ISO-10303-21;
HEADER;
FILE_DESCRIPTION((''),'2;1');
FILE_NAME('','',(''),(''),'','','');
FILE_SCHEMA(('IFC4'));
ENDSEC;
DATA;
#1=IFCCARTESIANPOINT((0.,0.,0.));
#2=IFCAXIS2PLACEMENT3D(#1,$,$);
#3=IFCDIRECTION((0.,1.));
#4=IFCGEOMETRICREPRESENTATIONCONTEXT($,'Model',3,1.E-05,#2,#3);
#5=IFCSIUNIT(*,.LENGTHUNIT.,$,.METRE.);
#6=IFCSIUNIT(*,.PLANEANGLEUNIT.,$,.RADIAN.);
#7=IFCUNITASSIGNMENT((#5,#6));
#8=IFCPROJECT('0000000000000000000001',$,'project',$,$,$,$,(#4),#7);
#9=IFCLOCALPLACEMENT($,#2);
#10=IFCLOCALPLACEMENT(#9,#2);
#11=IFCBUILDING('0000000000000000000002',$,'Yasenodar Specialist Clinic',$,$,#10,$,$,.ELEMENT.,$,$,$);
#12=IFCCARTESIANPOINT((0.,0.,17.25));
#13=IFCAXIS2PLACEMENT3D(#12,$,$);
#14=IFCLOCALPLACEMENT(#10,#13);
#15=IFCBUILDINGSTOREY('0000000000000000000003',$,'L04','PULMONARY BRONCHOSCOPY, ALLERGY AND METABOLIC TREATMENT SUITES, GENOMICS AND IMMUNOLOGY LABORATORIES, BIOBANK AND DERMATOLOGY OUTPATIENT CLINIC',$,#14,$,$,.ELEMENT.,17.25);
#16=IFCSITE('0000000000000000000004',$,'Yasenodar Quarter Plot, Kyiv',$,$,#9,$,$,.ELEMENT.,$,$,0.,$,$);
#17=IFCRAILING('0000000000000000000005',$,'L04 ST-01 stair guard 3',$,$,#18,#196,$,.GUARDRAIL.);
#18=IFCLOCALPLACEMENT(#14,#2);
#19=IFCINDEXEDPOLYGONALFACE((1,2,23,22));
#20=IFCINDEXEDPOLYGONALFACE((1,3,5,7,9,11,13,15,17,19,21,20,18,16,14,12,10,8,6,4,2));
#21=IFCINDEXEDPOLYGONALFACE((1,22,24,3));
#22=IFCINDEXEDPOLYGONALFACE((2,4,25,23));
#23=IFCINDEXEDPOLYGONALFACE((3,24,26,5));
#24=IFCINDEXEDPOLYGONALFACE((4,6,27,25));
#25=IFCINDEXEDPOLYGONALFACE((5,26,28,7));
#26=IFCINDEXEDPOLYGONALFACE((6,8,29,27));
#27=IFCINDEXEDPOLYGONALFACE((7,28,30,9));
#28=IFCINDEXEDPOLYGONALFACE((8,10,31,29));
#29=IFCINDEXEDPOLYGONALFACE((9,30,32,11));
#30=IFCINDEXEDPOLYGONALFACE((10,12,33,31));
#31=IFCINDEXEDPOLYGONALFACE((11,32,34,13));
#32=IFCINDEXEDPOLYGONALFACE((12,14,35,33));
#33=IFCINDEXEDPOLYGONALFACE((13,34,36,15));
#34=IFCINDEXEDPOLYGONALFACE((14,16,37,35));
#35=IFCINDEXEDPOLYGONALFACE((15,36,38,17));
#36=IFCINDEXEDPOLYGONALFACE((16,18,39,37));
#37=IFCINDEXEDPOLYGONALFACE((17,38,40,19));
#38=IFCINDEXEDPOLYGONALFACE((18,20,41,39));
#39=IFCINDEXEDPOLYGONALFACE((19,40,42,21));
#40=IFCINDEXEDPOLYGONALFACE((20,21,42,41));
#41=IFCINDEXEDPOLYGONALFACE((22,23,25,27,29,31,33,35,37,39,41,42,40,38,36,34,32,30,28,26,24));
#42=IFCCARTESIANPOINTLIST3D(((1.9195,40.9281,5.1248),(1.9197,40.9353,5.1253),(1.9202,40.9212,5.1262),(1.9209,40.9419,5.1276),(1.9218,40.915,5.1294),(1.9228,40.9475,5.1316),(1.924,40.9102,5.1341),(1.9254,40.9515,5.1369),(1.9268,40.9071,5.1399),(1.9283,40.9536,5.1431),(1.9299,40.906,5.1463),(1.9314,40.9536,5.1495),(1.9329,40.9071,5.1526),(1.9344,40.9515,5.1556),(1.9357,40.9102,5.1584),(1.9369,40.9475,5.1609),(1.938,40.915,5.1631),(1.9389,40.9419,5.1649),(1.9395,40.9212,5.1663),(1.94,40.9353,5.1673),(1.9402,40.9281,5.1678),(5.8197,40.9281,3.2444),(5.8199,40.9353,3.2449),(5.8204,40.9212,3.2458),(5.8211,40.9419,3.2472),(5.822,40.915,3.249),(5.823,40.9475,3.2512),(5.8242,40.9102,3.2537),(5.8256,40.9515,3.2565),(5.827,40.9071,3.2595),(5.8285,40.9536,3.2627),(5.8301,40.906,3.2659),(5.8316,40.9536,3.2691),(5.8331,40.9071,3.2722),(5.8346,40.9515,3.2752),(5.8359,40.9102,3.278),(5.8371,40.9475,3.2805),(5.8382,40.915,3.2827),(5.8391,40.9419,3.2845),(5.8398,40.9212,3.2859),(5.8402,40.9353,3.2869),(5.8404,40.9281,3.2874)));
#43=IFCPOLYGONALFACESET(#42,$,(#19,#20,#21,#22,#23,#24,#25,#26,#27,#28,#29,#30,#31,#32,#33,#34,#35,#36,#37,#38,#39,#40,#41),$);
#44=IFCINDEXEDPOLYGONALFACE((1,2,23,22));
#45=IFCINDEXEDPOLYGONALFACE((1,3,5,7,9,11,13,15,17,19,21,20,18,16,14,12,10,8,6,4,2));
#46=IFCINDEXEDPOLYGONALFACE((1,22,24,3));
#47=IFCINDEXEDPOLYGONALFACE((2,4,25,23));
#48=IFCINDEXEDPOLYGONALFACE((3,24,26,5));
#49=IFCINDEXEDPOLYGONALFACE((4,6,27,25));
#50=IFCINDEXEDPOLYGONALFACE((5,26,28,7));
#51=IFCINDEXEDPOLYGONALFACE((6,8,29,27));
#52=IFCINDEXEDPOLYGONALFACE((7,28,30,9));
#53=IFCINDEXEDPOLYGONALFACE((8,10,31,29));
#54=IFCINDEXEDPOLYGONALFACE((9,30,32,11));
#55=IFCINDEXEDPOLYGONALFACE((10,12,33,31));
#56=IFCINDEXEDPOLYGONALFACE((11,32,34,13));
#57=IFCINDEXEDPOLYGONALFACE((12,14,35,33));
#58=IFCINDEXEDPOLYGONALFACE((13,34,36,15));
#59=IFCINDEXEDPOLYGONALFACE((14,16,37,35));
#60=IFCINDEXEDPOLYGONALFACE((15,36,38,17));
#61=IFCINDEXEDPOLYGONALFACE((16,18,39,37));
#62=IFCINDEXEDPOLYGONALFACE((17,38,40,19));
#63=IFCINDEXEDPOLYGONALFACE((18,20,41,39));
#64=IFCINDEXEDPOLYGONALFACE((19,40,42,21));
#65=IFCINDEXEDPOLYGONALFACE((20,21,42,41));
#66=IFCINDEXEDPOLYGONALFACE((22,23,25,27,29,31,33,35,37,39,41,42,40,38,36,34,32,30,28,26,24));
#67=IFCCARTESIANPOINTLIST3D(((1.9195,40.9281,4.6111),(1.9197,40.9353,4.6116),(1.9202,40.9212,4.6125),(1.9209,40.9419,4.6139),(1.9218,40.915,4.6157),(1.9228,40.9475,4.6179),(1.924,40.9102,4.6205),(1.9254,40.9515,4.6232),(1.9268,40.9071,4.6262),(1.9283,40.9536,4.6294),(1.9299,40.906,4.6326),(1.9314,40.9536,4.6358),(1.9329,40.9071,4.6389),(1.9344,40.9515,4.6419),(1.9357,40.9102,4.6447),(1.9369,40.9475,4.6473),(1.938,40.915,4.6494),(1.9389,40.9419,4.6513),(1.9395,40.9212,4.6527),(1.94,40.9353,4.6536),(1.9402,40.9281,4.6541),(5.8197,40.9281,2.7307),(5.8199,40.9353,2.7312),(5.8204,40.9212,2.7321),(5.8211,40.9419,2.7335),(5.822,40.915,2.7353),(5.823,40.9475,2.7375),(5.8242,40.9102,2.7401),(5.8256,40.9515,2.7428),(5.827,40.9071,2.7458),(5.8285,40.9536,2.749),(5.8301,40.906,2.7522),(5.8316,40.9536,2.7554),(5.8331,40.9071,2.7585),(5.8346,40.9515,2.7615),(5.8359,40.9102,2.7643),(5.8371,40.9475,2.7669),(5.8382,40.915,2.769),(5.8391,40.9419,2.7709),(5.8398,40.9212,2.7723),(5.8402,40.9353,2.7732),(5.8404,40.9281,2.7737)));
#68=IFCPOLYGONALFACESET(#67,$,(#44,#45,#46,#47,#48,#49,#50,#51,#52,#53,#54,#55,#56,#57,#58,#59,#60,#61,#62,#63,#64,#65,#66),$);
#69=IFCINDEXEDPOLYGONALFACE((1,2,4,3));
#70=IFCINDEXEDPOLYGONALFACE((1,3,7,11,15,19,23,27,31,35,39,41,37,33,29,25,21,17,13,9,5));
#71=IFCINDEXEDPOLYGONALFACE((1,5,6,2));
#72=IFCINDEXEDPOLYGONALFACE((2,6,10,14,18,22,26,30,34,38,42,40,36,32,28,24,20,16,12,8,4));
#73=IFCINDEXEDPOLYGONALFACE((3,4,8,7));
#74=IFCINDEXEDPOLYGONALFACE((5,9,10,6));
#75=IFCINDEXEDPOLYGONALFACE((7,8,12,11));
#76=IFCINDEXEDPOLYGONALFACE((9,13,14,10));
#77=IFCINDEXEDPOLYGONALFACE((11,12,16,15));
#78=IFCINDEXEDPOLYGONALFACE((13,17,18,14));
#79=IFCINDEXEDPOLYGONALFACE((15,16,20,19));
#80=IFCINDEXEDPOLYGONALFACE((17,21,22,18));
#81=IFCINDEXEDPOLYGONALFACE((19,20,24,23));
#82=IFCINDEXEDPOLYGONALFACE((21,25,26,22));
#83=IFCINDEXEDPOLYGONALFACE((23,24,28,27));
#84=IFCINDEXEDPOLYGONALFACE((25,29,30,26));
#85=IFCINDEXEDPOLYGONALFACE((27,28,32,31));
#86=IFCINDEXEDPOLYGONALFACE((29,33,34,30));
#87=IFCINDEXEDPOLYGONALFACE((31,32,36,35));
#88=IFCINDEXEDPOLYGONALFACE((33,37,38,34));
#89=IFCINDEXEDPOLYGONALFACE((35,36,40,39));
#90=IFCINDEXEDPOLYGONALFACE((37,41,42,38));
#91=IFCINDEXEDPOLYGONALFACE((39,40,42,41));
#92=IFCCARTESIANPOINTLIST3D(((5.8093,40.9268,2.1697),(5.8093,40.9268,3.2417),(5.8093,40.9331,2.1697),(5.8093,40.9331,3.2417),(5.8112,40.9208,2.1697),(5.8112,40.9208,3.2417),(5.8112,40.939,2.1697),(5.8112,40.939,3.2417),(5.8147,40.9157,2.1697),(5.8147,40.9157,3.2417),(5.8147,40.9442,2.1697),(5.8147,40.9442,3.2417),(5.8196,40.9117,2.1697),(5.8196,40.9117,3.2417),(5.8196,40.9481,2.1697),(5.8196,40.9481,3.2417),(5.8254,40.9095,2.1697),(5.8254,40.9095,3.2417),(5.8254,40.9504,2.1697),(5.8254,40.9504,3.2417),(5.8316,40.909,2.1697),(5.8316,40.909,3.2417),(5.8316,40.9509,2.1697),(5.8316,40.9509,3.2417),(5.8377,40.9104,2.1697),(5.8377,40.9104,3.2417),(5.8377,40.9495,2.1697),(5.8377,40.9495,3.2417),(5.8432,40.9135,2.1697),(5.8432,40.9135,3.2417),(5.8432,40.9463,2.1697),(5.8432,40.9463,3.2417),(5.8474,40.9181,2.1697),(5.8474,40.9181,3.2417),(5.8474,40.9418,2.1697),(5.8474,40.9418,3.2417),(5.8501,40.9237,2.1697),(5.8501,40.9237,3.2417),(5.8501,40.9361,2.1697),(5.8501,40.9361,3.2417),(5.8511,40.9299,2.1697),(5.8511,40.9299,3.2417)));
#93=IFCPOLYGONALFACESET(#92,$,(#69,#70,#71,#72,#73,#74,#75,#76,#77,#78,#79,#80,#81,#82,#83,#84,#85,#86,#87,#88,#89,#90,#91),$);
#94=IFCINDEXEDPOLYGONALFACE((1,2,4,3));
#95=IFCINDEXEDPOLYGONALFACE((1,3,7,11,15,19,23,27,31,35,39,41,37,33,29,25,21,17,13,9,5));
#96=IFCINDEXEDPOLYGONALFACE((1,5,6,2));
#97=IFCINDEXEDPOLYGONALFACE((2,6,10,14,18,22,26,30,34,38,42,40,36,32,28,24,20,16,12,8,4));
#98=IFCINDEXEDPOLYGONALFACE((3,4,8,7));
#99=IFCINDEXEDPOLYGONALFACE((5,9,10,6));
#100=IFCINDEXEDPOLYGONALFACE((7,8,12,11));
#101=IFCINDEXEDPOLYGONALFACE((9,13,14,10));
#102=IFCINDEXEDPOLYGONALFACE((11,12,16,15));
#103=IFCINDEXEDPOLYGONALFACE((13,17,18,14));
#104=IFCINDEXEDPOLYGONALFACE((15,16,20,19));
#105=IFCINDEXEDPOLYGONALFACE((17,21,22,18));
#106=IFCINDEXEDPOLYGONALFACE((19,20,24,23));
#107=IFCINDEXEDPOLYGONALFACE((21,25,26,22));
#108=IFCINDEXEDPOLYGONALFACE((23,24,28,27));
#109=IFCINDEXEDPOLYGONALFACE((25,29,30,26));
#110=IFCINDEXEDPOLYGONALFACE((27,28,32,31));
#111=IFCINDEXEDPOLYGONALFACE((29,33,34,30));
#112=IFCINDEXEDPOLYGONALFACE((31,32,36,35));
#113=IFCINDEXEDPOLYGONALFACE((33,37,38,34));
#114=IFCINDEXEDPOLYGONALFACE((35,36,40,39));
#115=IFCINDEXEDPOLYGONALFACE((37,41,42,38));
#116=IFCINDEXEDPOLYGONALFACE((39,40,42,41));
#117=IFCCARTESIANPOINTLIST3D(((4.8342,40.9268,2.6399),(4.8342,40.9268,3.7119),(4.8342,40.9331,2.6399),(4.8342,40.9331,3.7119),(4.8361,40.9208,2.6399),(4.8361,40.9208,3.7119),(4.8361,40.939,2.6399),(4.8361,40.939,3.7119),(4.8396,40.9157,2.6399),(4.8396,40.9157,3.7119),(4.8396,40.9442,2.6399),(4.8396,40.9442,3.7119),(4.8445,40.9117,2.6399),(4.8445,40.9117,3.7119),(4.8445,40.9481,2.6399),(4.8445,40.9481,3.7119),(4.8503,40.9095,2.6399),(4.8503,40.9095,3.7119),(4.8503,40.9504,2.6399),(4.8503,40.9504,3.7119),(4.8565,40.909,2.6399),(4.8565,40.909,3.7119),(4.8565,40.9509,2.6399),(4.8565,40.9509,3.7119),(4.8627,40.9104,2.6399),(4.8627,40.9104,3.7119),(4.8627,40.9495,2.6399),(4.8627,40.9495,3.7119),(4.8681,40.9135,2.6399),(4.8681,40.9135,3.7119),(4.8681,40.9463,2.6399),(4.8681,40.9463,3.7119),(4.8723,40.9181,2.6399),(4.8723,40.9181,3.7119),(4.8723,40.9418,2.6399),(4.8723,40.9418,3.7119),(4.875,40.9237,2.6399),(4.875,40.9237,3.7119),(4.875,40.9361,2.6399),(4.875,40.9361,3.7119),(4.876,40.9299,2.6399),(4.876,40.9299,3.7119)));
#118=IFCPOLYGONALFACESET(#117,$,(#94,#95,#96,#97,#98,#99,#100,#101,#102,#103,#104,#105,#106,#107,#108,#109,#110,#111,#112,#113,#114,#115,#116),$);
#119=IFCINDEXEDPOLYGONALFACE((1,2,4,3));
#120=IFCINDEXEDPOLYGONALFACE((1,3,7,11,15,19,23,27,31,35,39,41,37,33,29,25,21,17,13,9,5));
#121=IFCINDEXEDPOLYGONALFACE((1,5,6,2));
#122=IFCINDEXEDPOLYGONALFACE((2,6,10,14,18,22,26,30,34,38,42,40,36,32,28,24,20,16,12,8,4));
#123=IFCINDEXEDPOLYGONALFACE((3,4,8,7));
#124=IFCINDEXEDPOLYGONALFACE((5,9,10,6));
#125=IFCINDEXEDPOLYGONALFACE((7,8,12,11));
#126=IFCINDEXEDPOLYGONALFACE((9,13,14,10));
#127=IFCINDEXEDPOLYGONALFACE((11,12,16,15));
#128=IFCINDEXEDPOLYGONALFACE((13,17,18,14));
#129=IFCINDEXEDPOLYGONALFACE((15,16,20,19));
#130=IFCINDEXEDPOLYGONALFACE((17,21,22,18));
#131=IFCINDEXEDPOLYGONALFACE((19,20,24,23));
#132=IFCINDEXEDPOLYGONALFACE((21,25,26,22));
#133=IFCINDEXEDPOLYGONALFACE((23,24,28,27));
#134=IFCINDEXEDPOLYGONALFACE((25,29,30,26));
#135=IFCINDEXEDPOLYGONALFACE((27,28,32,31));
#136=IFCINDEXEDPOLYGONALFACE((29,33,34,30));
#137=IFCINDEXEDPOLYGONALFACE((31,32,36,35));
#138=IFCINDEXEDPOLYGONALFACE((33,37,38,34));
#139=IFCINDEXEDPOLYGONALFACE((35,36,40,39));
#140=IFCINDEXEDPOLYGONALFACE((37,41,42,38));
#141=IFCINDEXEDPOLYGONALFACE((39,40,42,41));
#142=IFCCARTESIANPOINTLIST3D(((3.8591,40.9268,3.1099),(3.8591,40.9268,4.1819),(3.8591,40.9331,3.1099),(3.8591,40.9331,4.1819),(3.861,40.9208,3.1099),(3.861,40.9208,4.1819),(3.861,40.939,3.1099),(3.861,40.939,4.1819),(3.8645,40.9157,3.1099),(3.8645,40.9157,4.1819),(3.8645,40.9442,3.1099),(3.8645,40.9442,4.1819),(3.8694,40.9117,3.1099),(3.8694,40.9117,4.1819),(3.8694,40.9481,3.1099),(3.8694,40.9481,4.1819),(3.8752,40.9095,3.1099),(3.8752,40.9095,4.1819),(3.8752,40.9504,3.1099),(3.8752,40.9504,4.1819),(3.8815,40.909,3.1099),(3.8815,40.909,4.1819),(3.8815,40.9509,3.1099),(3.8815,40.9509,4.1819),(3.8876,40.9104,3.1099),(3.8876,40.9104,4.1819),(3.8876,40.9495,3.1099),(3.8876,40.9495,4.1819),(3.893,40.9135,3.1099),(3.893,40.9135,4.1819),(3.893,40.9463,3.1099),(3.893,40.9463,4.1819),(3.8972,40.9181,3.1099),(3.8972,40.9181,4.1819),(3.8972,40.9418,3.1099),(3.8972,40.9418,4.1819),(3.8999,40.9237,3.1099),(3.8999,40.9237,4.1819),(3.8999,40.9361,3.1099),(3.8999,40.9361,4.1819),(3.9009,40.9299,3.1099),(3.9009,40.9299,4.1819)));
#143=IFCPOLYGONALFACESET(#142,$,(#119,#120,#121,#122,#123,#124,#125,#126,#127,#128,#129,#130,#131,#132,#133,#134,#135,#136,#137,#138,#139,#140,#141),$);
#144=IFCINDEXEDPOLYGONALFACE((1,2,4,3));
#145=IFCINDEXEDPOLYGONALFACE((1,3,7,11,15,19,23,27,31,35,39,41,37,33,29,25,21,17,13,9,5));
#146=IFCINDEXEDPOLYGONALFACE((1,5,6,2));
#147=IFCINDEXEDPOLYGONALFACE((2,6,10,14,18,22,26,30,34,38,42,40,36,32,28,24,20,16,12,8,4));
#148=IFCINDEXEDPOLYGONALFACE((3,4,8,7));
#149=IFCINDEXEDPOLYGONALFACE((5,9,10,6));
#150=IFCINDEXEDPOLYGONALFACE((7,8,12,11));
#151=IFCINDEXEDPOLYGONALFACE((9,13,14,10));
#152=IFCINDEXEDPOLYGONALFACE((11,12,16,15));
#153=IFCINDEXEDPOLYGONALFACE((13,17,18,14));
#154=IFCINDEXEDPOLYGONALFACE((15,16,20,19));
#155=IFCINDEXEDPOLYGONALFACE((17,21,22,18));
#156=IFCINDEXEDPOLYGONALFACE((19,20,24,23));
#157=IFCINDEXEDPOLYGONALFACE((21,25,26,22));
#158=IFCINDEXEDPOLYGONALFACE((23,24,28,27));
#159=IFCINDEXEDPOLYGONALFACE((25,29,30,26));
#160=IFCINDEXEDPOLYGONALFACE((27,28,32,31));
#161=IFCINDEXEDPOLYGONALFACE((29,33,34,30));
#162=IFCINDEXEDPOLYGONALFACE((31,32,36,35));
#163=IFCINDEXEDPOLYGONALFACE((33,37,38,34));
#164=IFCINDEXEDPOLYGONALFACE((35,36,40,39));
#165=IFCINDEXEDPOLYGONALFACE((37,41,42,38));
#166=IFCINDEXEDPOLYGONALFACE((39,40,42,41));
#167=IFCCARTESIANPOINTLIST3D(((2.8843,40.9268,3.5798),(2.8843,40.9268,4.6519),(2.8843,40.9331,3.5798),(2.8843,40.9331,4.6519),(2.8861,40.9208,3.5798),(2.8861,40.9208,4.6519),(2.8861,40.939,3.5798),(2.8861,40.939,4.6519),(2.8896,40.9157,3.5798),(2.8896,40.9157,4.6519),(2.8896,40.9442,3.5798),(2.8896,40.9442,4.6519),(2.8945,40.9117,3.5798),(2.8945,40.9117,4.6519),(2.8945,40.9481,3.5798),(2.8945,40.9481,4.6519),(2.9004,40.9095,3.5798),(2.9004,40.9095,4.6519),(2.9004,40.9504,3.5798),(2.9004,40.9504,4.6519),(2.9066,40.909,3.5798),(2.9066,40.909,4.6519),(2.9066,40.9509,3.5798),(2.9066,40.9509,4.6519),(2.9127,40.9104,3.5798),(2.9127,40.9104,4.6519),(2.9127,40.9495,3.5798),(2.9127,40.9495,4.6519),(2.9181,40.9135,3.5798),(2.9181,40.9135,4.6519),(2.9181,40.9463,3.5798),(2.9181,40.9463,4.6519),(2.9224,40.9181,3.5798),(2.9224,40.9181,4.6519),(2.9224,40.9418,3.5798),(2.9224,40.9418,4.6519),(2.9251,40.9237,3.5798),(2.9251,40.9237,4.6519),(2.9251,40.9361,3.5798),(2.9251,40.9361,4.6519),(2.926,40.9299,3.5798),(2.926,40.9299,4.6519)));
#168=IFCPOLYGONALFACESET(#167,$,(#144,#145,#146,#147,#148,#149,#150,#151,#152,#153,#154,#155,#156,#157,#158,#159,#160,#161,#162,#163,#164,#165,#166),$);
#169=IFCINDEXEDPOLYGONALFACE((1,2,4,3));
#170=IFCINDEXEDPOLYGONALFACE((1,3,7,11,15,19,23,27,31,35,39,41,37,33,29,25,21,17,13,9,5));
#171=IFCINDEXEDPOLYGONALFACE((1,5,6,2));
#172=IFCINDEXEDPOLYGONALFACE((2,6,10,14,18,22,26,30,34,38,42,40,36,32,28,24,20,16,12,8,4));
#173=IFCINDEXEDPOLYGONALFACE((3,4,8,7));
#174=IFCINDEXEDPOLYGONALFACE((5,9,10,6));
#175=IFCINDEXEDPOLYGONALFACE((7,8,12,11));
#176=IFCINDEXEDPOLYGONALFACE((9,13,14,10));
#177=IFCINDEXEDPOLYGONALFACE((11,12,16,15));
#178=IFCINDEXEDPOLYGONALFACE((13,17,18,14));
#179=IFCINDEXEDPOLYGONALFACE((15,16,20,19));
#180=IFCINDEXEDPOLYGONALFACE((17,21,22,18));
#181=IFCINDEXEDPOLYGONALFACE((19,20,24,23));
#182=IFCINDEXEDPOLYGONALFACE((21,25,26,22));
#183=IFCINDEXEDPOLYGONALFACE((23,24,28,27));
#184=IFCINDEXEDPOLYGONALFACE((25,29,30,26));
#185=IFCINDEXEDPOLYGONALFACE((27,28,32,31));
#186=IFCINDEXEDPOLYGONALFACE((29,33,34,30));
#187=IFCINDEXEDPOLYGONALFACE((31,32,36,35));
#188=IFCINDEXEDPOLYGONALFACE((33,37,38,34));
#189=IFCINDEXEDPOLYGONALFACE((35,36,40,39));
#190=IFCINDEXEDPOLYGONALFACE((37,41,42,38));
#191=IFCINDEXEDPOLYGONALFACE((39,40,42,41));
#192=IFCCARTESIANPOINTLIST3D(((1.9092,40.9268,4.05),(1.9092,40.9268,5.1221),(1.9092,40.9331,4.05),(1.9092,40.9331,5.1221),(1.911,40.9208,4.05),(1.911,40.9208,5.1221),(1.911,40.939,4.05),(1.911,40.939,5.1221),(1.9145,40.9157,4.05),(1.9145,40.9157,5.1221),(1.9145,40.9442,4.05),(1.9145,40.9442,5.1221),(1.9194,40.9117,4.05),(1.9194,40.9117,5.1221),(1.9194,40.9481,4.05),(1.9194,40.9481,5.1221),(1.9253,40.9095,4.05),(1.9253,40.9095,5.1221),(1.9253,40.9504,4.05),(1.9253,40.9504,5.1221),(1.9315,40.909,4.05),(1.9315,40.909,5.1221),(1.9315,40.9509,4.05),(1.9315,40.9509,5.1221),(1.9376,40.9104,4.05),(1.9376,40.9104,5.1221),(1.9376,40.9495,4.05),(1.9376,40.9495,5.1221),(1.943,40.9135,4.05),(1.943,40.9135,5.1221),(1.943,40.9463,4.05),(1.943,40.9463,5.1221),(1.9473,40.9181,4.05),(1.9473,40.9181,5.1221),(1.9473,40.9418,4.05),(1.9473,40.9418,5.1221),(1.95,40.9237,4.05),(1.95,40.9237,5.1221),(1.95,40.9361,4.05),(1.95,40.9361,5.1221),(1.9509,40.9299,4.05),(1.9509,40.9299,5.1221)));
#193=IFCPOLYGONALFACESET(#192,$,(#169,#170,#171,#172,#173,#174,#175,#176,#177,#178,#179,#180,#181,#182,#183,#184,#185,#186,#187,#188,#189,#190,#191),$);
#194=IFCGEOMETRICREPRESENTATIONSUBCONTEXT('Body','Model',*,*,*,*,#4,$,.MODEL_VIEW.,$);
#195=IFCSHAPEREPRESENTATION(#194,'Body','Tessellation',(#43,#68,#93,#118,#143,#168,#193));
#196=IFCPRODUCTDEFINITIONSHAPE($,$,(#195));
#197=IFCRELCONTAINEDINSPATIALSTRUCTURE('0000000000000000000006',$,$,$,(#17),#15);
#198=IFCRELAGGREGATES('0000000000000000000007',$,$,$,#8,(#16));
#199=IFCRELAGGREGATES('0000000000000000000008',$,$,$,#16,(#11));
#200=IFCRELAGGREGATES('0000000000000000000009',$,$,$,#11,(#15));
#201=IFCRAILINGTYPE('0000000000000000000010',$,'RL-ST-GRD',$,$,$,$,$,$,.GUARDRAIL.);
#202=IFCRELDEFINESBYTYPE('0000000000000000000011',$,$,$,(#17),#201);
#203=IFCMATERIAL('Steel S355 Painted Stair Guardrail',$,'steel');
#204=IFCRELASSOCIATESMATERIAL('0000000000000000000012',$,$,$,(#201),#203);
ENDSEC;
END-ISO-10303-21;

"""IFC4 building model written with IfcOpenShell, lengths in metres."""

from ifc_helpers import new_model, si_unit, direction, frame, origin, origin_2d, place, context, subcontext, project, spatial, circle, extrude, material, type_object, element, save


model = new_model("IFC4")

# Units and contexts
model_context = context("Model", 3, precision=1e-05, world=origin(), true_north=direction((0.0, 1.0)))
body_context = subcontext(model_context, "Body", "Model", "MODEL_VIEW")
ifc_project = project(units=[si_unit("LENGTHUNIT", "METRE"), si_unit("PLANEANGLEUNIT", "RADIAN")], contexts=[model_context])

# Site, building, storey
site_placement = place(None, origin())
site = spatial("IfcSite", under=ifc_project, at=site_placement, Name="Yasenodar Quarter Plot, Kyiv", CompositionType="ELEMENT", RefElevation=0.0)
building_placement = place(site_placement, origin())
building = spatial("IfcBuilding", under=site, at=building_placement, Name="Yasenodar Specialist Clinic", CompositionType="ELEMENT")
storey_placement = place(building_placement, frame((0.0, 0.0, 17.25)))
storey = spatial("IfcBuildingStorey", under=building, at=storey_placement, Name="L04", Description="PULMONARY BRONCHOSCOPY, ALLERGY AND METABOLIC TREATMENT SUITES, GENOMICS AND IMMUNOLOGY LABORATORIES, BIOBANK AND DERMATOLOGY OUTPATIENT CLINIC", CompositionType="ELEMENT", Elevation=17.25)

# Railing
ifc_material_1 = material(Name="Steel S355 Painted Stair Guardrail", Category="steel")
railing_type_1 = type_object("IfcRailingType", Name="RL-ST-GRD", PredefinedType="GUARDRAIL", material=ifc_material_1)
railing_1_placement = place(storey_placement, frame((5.8301, 40.9299, 2.1697)))
element("IfcRailing", 1, at=railing_1_placement, inside=storey, type_object=railing_type_1, Name="L04 ST-01 stair guard 3", PredefinedType="GUARDRAIL", context=body_context, shape_type="SweptSolid", body=[
    extrude(circle(Radius=0.0239, at=origin_2d()), frame((0.0, 0.0, 1.0962), z_axis=(-0.900774, 0.0, 0.434289), x_axis=(0.0, -1.0, 0.0)), (0.0, 0.0, 1.0), 4.3298),
    extrude(circle(Radius=0.0239, at=origin_2d()), frame((0.0, 0.0, 0.5825), z_axis=(-0.900774, 0.0, 0.434289), x_axis=(0.0, -1.0, 0.0)), (0.0, 0.0, 1.0), 4.3298),
    extrude(circle(Radius=0.021, at=origin_2d()), origin(), (0.0, 0.0, 1.0), 1.072),
    extrude(circle(Radius=0.021, at=origin_2d()), frame((-0.9751, 0.0, 0.4702)), (0.0, 0.0, 1.0), 1.072),
    extrude(circle(Radius=0.021, at=origin_2d()), frame((-1.9502, 0.0, 0.9402)), (0.0, 0.0, 1.0), 1.072),
    extrude(circle(Radius=0.021, at=origin_2d()), frame((-2.925, 0.0, 1.4102)), (0.0, 0.0, 1.0), 1.072),
    extrude(circle(Radius=0.021, at=origin_2d()), frame((-3.9001, 0.0, 1.8804)), (0.0, 0.0, 1.0), 1.072),
])

save(model, "model.ifc")
